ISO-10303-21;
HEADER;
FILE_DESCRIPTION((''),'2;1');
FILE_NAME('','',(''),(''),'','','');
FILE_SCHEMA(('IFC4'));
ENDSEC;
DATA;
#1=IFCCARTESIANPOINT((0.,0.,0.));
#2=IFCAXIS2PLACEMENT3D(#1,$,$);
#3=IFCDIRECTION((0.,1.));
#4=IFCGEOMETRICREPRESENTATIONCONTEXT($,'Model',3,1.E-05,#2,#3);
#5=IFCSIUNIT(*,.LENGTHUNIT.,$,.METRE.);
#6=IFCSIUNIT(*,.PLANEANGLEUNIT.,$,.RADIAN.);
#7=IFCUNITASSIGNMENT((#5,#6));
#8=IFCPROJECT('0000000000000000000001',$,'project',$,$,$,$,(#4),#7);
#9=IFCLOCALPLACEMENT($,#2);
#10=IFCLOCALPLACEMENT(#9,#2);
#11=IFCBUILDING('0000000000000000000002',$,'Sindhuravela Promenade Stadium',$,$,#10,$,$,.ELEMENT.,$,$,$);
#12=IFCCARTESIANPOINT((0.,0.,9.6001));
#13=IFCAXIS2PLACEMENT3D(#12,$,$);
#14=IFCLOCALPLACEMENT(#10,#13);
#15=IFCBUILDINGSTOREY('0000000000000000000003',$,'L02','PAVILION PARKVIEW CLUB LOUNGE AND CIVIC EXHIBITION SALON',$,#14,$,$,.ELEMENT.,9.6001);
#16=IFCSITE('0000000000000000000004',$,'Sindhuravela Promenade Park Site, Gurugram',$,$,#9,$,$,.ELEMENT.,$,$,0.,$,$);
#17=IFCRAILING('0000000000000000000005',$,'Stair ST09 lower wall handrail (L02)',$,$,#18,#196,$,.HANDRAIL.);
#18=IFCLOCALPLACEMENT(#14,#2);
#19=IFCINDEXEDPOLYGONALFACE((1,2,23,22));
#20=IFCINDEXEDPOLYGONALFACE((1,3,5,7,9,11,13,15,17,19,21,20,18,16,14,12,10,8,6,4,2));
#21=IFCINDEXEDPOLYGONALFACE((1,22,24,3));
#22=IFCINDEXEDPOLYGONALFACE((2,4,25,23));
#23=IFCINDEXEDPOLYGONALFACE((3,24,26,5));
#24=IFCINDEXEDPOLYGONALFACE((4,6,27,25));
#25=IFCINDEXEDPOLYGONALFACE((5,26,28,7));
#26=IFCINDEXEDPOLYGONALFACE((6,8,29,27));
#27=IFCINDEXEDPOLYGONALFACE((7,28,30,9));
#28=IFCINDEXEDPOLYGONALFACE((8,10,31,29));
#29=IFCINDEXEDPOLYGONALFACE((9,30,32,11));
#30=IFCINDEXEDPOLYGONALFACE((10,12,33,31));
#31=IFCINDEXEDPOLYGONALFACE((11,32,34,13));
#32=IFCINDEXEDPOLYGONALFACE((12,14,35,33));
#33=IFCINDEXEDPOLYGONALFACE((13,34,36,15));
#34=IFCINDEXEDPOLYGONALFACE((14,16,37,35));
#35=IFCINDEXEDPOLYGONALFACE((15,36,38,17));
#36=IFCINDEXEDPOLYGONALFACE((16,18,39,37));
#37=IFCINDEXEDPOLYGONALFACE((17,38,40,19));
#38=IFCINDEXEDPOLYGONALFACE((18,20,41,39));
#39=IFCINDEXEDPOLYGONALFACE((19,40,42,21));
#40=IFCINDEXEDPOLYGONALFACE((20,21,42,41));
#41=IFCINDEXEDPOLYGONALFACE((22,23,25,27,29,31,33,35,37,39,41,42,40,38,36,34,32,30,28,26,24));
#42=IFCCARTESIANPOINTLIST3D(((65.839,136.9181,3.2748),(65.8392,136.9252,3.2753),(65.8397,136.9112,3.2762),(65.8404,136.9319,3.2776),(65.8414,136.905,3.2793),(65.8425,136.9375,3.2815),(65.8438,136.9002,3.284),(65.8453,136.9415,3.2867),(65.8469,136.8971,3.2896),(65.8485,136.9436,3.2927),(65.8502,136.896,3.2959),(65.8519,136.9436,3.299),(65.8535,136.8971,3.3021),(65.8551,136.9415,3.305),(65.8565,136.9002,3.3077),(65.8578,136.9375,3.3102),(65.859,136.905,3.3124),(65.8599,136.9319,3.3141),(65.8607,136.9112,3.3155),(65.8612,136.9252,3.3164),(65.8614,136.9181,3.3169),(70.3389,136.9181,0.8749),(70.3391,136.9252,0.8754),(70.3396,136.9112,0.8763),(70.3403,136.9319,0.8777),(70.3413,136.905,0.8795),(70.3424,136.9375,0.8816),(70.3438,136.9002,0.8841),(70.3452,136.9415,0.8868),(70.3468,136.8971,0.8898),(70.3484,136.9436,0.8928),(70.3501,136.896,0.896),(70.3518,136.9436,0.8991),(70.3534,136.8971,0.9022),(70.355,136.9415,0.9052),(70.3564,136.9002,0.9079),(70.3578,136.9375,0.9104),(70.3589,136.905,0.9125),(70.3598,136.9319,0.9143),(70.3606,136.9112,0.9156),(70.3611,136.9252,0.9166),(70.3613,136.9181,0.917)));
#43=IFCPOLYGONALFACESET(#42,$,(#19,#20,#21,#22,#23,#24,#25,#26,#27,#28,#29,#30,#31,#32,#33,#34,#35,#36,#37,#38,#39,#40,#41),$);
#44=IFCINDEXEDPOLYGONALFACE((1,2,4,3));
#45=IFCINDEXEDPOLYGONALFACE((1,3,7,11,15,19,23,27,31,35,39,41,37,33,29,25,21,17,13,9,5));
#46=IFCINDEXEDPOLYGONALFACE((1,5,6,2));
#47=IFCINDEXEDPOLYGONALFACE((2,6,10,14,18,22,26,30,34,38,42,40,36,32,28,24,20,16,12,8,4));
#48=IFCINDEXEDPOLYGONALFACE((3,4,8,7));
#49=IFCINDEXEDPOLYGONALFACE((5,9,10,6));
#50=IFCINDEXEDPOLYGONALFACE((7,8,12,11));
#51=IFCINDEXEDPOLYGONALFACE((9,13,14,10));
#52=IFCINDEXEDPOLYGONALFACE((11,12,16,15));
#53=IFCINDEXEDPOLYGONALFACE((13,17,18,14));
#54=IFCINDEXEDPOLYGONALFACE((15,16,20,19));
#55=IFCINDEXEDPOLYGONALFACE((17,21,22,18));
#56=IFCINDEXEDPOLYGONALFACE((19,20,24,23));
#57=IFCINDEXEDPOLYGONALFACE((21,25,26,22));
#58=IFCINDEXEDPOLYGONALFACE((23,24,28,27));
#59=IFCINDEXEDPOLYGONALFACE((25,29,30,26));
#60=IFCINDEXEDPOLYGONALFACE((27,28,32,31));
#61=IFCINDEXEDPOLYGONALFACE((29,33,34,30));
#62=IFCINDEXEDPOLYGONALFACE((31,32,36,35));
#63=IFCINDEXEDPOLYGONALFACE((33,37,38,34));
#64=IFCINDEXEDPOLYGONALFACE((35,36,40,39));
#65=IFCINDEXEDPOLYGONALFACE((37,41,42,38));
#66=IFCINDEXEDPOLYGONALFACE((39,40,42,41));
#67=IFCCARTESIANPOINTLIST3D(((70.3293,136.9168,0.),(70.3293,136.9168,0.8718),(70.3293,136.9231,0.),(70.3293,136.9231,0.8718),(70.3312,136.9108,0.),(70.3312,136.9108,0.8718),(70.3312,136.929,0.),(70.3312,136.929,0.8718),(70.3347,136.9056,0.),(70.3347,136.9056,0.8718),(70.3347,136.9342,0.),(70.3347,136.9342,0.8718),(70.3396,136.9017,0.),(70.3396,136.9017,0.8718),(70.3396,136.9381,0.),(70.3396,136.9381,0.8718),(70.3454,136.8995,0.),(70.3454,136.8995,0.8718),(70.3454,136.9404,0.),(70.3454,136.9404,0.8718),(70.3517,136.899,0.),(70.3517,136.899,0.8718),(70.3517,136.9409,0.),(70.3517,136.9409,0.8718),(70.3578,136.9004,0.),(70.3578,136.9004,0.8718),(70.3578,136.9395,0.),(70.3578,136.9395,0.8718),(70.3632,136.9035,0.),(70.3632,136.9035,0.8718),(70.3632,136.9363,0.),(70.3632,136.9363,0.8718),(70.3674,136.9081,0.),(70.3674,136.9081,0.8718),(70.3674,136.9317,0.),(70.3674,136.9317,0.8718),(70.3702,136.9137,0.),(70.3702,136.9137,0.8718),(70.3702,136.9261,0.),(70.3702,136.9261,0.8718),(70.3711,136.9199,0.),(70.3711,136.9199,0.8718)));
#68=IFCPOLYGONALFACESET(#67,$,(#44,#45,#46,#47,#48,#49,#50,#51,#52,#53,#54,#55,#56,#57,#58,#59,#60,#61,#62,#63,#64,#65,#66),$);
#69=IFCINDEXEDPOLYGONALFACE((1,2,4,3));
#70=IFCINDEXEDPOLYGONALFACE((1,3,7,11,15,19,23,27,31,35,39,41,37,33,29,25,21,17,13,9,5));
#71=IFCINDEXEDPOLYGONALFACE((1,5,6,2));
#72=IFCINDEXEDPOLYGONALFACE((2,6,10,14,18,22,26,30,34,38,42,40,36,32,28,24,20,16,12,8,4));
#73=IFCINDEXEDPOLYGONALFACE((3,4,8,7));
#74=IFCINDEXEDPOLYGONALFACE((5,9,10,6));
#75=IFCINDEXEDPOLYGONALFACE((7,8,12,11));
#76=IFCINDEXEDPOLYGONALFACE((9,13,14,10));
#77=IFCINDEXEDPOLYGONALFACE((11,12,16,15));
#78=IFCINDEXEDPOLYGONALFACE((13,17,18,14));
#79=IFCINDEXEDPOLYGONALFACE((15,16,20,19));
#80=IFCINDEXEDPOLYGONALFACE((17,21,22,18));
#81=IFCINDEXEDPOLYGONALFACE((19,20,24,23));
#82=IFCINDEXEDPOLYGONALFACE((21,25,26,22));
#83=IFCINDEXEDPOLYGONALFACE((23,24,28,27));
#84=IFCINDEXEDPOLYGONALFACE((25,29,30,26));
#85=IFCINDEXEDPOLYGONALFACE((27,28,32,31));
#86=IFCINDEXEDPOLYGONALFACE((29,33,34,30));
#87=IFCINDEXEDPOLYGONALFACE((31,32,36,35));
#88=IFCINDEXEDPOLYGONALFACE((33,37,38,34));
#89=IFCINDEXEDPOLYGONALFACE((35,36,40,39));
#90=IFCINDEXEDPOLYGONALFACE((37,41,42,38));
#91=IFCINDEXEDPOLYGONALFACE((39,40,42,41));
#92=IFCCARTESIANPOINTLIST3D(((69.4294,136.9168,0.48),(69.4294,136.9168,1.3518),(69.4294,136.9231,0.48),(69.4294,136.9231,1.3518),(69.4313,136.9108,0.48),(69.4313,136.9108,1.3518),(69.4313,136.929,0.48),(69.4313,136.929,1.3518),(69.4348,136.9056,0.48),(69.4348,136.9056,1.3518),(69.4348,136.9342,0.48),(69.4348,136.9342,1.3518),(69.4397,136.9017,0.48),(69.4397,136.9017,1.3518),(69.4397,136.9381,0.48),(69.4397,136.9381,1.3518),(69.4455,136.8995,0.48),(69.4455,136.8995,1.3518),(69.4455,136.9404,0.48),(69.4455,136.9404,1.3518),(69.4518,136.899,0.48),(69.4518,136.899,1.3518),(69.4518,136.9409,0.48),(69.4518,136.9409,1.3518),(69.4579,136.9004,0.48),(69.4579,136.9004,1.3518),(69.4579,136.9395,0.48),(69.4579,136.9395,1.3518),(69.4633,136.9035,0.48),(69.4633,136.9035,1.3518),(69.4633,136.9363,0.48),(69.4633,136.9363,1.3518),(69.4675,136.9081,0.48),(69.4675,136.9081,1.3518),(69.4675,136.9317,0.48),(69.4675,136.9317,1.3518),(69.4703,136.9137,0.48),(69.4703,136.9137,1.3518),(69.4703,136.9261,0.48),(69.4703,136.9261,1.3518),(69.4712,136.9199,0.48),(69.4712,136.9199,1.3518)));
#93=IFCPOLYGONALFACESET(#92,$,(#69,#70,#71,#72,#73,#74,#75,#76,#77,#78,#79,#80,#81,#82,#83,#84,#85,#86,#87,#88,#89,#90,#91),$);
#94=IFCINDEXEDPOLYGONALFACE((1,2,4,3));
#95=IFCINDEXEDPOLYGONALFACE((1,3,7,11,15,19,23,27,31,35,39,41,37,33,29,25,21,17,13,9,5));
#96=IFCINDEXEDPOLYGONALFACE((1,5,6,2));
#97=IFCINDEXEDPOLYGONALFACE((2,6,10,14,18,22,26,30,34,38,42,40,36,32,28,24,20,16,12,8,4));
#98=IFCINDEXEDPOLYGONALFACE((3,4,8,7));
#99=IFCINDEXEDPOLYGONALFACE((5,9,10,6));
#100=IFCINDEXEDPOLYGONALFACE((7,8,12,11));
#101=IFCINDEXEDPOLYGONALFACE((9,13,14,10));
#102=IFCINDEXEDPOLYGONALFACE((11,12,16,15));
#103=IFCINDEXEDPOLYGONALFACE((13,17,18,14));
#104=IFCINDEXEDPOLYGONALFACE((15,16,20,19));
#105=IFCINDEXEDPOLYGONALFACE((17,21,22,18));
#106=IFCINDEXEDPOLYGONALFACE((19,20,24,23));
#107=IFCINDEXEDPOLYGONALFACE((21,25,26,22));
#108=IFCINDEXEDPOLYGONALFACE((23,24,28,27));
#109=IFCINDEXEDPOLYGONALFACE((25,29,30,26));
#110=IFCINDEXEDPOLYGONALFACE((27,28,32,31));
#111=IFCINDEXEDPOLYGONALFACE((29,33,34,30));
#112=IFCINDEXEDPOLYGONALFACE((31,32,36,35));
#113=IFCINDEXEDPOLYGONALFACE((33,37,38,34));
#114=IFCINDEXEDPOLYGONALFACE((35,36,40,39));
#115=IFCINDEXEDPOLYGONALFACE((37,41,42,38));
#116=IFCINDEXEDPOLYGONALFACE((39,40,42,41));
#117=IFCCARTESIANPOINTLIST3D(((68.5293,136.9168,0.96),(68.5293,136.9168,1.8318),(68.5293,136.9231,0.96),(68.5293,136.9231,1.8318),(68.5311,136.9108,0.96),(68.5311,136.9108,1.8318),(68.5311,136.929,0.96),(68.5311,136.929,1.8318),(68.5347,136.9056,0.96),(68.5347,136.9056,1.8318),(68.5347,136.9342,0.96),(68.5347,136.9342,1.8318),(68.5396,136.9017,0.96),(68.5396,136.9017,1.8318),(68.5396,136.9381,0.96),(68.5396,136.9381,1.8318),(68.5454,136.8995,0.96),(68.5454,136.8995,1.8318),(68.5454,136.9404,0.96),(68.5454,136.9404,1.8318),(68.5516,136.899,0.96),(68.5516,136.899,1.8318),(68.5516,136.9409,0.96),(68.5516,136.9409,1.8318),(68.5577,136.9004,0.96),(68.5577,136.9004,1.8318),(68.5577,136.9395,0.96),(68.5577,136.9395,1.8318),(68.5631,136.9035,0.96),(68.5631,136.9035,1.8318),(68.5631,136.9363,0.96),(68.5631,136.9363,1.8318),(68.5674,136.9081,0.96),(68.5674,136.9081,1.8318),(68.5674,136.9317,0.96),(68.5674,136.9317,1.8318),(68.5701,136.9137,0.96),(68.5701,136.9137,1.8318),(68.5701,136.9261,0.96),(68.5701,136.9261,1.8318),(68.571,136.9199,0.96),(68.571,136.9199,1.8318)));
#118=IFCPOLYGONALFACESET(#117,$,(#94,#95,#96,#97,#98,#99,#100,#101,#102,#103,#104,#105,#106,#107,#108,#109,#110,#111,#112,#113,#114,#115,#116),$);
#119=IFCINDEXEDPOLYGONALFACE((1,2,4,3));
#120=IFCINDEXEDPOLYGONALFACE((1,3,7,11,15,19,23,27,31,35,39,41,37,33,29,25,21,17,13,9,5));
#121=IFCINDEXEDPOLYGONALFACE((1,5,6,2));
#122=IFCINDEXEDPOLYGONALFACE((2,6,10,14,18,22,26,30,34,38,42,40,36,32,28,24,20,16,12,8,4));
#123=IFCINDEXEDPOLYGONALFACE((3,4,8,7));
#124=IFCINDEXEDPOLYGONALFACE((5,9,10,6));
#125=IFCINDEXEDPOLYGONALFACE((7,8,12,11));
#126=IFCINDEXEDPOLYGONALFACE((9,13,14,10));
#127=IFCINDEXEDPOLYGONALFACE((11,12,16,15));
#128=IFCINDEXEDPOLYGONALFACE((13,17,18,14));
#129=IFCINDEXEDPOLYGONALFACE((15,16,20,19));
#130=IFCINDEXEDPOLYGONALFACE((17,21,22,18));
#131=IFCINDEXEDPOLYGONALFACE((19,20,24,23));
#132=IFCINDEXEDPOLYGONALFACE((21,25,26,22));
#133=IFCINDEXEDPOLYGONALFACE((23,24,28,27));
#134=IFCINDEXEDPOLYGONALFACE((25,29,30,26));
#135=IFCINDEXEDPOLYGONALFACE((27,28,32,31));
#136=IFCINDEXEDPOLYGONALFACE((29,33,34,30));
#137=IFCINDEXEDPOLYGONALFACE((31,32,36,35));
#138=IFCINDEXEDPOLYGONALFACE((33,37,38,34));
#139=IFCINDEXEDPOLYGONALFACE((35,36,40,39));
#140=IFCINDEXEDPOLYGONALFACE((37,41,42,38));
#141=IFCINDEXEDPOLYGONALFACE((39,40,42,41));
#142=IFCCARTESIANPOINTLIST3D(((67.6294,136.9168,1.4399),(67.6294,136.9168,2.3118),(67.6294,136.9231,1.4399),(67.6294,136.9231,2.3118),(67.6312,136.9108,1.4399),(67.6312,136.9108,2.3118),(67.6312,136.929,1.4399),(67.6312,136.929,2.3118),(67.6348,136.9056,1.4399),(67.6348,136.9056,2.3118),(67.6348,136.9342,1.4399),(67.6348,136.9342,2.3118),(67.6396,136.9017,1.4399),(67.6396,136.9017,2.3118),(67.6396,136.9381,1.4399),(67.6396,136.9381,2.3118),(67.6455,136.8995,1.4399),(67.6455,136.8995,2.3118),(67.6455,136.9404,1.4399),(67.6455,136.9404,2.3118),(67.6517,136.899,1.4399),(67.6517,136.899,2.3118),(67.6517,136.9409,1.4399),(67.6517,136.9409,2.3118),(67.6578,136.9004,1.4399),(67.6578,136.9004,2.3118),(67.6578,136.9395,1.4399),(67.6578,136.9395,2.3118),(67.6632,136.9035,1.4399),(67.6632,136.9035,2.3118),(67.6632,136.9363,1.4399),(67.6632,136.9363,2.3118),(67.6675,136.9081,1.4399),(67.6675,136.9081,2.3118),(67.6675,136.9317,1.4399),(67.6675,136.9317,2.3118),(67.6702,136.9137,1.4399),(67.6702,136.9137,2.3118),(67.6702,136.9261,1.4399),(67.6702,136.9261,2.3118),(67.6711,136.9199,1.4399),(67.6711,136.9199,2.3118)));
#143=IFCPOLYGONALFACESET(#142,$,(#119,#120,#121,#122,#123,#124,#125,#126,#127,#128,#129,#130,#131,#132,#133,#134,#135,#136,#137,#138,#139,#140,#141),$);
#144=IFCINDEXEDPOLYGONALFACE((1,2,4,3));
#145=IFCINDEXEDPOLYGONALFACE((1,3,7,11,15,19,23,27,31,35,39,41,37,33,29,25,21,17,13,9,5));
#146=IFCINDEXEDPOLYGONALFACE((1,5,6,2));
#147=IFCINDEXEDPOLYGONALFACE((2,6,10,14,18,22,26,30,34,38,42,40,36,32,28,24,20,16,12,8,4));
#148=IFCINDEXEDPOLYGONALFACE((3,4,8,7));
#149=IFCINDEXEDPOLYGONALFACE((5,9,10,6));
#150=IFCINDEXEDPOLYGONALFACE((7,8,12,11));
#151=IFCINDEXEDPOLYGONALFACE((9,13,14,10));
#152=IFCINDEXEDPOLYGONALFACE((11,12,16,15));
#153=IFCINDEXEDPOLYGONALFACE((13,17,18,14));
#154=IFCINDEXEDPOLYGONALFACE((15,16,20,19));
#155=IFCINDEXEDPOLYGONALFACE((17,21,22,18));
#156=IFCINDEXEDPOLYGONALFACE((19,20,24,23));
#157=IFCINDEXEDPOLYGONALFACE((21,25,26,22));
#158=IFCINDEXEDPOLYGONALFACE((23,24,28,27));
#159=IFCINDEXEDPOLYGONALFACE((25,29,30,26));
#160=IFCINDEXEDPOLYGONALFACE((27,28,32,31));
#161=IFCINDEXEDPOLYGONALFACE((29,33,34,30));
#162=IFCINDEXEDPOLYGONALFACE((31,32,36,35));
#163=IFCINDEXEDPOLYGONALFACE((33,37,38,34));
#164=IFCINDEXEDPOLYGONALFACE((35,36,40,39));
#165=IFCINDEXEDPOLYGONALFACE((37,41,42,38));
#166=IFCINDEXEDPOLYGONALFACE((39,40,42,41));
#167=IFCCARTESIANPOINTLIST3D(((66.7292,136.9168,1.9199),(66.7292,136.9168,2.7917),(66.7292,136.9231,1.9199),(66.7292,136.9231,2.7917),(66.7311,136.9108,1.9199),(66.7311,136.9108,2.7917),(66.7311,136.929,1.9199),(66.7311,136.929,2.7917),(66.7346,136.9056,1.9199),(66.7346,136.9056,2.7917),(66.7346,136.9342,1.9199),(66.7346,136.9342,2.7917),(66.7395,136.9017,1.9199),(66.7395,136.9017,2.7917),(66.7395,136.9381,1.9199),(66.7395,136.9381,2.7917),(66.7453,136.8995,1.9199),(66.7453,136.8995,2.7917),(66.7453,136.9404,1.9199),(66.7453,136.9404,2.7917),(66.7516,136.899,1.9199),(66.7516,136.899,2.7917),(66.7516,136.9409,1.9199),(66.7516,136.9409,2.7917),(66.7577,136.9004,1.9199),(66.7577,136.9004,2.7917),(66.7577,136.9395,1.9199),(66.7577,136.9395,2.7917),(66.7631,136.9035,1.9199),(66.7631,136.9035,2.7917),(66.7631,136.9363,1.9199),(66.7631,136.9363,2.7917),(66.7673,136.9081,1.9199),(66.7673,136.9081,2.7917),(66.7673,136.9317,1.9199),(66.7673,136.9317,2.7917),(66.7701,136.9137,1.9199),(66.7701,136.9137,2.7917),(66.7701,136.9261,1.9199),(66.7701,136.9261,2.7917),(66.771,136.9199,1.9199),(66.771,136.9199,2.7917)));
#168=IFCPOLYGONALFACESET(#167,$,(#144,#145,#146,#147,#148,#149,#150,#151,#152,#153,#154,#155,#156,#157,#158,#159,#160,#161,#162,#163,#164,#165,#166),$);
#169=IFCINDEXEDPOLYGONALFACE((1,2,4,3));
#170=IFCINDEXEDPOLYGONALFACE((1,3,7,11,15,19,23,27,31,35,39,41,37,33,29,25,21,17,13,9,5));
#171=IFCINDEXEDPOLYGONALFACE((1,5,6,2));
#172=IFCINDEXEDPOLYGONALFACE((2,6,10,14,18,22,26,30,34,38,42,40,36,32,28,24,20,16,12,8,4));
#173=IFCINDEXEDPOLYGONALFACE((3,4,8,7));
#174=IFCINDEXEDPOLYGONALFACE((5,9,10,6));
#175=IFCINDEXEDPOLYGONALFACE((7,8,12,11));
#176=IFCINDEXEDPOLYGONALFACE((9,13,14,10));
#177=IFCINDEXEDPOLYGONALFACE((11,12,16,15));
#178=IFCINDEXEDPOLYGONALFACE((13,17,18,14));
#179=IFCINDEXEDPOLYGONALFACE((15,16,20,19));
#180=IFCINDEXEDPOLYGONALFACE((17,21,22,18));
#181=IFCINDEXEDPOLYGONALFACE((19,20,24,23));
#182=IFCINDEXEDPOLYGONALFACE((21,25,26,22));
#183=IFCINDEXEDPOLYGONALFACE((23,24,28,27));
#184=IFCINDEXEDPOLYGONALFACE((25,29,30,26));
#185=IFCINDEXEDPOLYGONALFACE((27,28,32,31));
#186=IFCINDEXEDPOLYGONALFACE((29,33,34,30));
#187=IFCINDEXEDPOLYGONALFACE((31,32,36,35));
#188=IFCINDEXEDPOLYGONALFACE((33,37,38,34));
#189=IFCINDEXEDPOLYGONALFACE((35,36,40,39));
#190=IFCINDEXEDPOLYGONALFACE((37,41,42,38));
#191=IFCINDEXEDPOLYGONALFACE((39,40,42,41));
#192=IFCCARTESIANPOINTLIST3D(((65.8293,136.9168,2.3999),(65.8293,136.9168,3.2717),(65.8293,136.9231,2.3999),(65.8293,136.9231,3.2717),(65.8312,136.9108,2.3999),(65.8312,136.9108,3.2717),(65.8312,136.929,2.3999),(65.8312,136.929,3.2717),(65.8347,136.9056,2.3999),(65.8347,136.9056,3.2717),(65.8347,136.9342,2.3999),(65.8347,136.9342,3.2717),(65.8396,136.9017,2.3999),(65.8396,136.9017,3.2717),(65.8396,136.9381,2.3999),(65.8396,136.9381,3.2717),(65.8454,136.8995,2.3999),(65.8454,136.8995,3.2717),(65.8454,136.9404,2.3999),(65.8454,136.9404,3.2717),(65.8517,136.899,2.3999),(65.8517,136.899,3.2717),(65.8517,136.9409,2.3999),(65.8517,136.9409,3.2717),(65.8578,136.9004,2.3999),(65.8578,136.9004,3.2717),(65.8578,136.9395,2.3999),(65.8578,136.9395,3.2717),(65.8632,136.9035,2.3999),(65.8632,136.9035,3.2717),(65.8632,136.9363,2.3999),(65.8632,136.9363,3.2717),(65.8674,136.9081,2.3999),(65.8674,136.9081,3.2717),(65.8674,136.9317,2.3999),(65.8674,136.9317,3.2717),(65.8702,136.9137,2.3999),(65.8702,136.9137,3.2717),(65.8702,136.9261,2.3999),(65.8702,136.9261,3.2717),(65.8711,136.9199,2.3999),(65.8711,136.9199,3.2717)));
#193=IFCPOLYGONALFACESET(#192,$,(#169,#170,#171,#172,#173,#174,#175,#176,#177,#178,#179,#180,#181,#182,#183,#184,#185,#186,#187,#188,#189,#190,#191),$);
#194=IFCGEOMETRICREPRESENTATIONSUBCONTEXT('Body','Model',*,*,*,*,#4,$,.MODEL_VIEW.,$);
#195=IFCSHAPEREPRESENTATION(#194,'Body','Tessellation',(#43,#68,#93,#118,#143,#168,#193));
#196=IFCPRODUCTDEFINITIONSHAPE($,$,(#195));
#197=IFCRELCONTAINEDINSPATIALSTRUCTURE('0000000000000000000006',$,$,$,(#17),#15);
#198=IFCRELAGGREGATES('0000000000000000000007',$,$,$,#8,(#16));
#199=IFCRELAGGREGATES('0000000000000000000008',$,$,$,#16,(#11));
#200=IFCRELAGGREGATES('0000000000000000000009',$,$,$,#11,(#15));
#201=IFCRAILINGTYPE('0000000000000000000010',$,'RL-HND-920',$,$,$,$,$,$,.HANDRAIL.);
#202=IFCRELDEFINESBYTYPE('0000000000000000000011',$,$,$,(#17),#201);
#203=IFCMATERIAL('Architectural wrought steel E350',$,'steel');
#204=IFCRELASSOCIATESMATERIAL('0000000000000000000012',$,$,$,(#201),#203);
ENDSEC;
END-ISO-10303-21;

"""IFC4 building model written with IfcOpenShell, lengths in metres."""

from ifc_helpers import new_model, si_unit, direction, frame, origin, origin_2d, place, context, subcontext, project, spatial, circle, extrude, material, type_object, element, save


model = new_model("IFC4")

# Units and contexts
model_context = context("Model", 3, precision=1e-05, world=origin(), true_north=direction((0.0, 1.0)))
body_context = subcontext(model_context, "Body", "Model", "MODEL_VIEW")
ifc_project = project(units=[si_unit("LENGTHUNIT", "METRE"), si_unit("PLANEANGLEUNIT", "RADIAN")], contexts=[model_context])

# Site, building, storey
site_placement = place(None, origin())
site = spatial("IfcSite", under=ifc_project, at=site_placement, Name="Sindhuravela Promenade Park Site, Gurugram", CompositionType="ELEMENT", RefElevation=0.0)
building_placement = place(site_placement, origin())
building = spatial("IfcBuilding", under=site, at=building_placement, Name="Sindhuravela Promenade Stadium", CompositionType="ELEMENT")
storey_placement = place(building_placement, frame((0.0, 0.0, 9.6001)))
storey = spatial("IfcBuildingStorey", under=building, at=storey_placement, Name="L02", Description="PAVILION PARKVIEW CLUB LOUNGE AND CIVIC EXHIBITION SALON", CompositionType="ELEMENT", Elevation=9.6001)

# Shared definitions
ifc_material_1 = material(Name="Architectural wrought steel E350", Category="steel")

# Railing
railing_type_1 = type_object("IfcRailingType", Name="RL-HND-920", PredefinedType="HANDRAIL", material=ifc_material_1)
railing_1_placement = place(storey_placement, frame((70.3501, 136.9199, 0.0)))
element("IfcRailing", 1, at=railing_1_placement, inside=storey, type_object=railing_type_1, Name="Stair ST09 lower wall handrail (L02)", PredefinedType="HANDRAIL", context=body_context, shape_type="SweptSolid", body=[
    extrude(circle(Radius=0.0239, at=origin_2d()), frame((0.0, 0.0, 0.896), z_axis=(-0.882361, 0.0, 0.470573), x_axis=(0.0, -1.0, 0.0)), (0.0, 0.0, 1.0), 5.0999),
    extrude(circle(Radius=0.021, at=origin_2d()), origin(), (0.0, 0.0, 1.0), 0.8718),
    extrude(circle(Radius=0.021, at=origin_2d()), frame((-0.8999, 0.0, 0.48)), (0.0, 0.0, 1.0), 0.8718),
    extrude(circle(Radius=0.021, at=origin_2d()), frame((-1.8, 0.0, 0.96)), (0.0, 0.0, 1.0), 0.8718),
    extrude(circle(Radius=0.021, at=origin_2d()), frame((-2.7, 0.0, 1.4399)), (0.0, 0.0, 1.0), 0.8718),
    extrude(circle(Radius=0.021, at=origin_2d()), frame((-3.6001, 0.0, 1.9199)), (0.0, 0.0, 1.0), 0.8718),
    extrude(circle(Radius=0.021, at=origin_2d()), frame((-4.5, 0.0, 2.3999)), (0.0, 0.0, 1.0), 0.8718),
])

save(model, "model.ifc")
